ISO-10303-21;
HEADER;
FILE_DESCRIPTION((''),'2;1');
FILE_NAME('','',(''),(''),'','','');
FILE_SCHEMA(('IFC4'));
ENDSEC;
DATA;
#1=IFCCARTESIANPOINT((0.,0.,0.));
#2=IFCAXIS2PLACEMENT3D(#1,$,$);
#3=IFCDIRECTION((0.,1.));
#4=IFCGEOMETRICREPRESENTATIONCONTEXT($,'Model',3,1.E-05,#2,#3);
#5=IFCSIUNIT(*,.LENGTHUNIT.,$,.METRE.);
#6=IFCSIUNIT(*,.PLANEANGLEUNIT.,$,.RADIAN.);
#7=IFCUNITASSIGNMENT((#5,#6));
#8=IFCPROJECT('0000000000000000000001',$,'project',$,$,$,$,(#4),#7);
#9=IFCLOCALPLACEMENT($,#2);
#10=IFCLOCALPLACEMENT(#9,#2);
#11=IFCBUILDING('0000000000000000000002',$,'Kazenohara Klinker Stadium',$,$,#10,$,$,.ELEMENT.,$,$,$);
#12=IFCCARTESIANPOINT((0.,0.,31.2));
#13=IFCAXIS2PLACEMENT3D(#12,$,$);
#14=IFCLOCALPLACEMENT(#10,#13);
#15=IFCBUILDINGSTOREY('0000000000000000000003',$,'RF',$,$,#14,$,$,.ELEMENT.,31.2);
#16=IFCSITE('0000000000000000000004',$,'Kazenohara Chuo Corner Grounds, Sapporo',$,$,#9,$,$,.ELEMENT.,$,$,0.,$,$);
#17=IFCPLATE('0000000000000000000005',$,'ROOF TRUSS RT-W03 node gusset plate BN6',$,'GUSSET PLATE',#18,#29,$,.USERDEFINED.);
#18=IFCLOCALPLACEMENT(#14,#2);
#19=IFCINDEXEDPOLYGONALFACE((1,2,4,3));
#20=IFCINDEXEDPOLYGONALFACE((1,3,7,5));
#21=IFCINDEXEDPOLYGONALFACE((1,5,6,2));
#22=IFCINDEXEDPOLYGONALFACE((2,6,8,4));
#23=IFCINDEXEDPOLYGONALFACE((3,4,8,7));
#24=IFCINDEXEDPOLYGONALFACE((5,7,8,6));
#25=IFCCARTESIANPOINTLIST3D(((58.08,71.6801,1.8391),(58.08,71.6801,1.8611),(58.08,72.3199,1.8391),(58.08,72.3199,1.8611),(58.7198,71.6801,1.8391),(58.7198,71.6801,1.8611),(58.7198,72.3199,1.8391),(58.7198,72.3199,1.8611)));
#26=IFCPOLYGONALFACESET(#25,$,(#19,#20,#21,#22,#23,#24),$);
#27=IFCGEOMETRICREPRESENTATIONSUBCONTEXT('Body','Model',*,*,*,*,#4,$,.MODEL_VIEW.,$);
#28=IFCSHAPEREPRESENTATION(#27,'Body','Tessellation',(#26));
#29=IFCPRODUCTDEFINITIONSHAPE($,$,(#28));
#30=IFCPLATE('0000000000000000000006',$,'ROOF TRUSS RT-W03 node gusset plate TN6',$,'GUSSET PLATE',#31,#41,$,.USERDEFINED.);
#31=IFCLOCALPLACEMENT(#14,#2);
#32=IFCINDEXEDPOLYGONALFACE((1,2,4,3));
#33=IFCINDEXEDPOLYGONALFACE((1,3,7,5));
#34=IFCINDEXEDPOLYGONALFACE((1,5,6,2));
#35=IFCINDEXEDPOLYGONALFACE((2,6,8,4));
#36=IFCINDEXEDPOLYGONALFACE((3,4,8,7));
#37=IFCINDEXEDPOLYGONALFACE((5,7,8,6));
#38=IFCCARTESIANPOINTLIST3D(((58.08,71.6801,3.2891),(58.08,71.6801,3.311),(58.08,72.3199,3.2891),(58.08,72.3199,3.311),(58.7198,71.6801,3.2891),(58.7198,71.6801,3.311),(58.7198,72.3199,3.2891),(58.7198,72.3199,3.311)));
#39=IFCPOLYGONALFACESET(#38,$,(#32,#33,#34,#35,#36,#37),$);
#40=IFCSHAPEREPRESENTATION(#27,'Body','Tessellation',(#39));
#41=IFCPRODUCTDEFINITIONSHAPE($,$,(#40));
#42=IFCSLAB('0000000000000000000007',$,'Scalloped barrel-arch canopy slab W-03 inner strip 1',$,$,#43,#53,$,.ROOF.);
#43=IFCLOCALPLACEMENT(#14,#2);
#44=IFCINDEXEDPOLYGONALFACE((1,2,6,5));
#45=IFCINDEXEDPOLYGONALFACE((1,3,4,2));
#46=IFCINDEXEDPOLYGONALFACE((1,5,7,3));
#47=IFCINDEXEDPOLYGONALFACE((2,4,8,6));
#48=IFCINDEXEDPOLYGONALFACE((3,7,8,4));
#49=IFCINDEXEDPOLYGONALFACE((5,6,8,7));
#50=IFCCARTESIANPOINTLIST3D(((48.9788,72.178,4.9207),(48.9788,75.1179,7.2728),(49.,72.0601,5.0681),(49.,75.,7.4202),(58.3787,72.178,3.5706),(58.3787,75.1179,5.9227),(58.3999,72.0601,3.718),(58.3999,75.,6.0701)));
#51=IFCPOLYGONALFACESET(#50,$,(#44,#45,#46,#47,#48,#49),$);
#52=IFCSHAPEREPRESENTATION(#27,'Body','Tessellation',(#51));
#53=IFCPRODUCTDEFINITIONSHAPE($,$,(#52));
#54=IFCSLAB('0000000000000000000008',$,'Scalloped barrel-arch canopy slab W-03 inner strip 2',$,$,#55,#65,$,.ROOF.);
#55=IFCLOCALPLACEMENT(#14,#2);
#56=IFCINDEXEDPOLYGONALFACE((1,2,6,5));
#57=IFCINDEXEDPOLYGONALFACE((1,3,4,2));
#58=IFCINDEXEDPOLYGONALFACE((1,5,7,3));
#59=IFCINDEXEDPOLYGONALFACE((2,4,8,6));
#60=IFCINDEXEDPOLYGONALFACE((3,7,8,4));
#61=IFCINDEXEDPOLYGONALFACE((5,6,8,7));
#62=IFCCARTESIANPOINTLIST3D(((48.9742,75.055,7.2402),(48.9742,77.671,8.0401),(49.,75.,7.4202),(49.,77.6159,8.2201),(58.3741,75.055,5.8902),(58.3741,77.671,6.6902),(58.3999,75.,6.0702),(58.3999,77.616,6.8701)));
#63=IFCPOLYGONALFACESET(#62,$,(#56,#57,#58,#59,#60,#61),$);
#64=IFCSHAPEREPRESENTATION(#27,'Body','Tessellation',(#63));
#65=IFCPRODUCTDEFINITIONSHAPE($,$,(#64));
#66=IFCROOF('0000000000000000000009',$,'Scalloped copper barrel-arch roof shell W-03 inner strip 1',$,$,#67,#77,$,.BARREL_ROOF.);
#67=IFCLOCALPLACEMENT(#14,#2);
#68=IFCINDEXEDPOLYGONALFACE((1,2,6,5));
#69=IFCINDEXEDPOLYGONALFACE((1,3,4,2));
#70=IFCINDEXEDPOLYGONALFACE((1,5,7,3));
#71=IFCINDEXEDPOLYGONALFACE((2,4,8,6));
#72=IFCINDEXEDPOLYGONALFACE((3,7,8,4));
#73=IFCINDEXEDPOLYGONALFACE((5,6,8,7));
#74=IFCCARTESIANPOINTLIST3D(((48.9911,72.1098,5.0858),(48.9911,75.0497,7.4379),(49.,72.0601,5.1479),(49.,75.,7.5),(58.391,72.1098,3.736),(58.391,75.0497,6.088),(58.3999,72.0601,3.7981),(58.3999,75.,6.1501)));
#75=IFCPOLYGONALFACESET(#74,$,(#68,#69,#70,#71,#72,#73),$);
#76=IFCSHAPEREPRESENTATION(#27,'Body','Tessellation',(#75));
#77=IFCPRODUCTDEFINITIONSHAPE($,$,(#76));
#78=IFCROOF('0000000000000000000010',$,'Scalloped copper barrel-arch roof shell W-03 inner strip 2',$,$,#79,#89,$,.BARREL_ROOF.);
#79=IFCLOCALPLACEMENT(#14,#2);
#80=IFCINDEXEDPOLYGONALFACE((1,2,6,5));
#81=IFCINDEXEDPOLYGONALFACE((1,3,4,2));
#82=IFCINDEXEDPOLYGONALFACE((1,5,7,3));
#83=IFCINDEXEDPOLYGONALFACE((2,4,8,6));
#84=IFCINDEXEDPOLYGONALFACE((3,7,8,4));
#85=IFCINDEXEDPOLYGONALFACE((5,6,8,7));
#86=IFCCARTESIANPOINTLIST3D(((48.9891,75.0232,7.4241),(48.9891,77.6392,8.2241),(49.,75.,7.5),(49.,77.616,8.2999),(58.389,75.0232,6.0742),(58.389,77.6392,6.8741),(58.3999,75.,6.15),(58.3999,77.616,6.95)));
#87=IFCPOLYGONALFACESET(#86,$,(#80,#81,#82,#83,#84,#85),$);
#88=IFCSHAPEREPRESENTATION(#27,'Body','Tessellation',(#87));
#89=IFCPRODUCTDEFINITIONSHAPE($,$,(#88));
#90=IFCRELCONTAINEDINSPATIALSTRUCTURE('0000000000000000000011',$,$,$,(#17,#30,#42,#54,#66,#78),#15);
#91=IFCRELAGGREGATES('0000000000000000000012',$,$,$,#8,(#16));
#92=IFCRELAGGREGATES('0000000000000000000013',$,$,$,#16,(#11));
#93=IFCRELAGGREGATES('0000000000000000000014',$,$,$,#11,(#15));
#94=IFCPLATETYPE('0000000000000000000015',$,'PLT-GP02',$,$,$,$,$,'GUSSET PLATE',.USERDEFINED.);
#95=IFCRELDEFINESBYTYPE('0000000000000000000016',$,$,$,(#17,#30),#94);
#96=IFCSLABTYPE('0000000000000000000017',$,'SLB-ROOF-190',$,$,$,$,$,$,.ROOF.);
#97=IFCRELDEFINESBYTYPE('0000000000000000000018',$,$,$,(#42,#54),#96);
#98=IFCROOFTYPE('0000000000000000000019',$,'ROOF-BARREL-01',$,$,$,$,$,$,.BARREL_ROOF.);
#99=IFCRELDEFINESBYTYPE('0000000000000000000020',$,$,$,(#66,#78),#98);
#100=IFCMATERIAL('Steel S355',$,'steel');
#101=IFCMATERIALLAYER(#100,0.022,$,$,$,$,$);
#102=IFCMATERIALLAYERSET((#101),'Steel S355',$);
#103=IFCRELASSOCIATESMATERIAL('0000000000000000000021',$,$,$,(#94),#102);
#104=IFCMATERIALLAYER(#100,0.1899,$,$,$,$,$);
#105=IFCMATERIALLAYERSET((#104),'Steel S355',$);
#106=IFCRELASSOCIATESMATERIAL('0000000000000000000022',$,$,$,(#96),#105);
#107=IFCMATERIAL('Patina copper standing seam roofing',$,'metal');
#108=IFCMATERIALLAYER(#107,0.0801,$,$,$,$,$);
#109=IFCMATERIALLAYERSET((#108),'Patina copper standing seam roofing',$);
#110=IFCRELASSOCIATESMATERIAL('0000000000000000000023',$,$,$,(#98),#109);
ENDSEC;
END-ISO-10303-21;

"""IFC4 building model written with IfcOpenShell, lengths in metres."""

from ifc_helpers import new_model, si_unit, direction, frame, origin, origin_2d, place, context, subcontext, project, spatial, polyline, rectangle, outline, extrude, material, layer, layer_set, type_object, element, save


model = new_model("IFC4")

# Units and contexts
model_context = context("Model", 3, precision=1e-05, world=origin(), true_north=direction((0.0, 1.0)))
body_context = subcontext(model_context, "Body", "Model", "MODEL_VIEW")
ifc_project = project(units=[si_unit("LENGTHUNIT", "METRE"), si_unit("PLANEANGLEUNIT", "RADIAN")], contexts=[model_context])

# Site, building, storey
site_placement = place(None, origin())
site = spatial("IfcSite", under=ifc_project, at=site_placement, Name="Kazenohara Chuo Corner Grounds, Sapporo", CompositionType="ELEMENT", RefElevation=0.0)
building_placement = place(site_placement, origin())
building = spatial("IfcBuilding", under=site, at=building_placement, Name="Kazenohara Klinker Stadium", CompositionType="ELEMENT")
storey_placement = place(building_placement, frame((0.0, 0.0, 31.2)))
storey = spatial("IfcBuildingStorey", under=building, at=storey_placement, Name="RF", CompositionType="ELEMENT", Elevation=31.2)

# Shared definitions
ifc_material_1 = material(Name="Steel S355", Category="steel")

# Plates
ifc_layer_1 = layer(ifc_material_1, 0.022)
ifc_layer_set_1 = layer_set([ifc_layer_1], Name="Steel S355")
plate_type_1 = type_object("IfcPlateType", Name="PLT-GP02", ElementType="GUSSET PLATE", PredefinedType="USERDEFINED", material=ifc_layer_set_1)
for number, where, z_axis, x_axis, name in (
    (1, (58.3999, 72.0, 1.8391), (0.0, 0.0, 1.0), (1.0, 0.0, 0.0), "ROOF TRUSS RT-W03 node gusset plate BN6"),
    (2, (58.3999, 72.0, 3.2891), (0.0, 0.0, 1.0), (1.0, 0.0, 0.0), "ROOF TRUSS RT-W03 node gusset plate TN6"),
):
    element("IfcPlate", number, at=place(storey_placement, frame(where, z_axis=z_axis, x_axis=x_axis)), inside=storey, type_object=plate_type_1, Name=name, ObjectType="GUSSET PLATE", PredefinedType="USERDEFINED", context=body_context, shape_type="SweptSolid", body=[
        extrude(rectangle(XDim=0.6399, YDim=0.6399, at=origin_2d()), origin(), (0.0, 0.0, 1.0), 0.022),
    ])

# Slabs
ifc_layer_2 = layer(ifc_material_1, 0.1899)
ifc_layer_set_2 = layer_set([ifc_layer_2], Name="Steel S355")
slab_type = type_object("IfcSlabType", Name="SLB-ROOF-190", PredefinedType="ROOF", material=ifc_layer_set_2)
slab_1_placement = place(storey_placement, frame((49.0, 72.0601, 5.0681), z_axis=(0.111455, -0.620819, 0.775991), x_axis=(0.989842, 0.0, -0.14217)))
element("IfcSlab", 3, at=slab_1_placement, inside=storey, type_object=slab_type, Name="Scalloped barrel-arch canopy slab W-03 inner strip 1", PredefinedType="ROOF", context=body_context, shape_type="SweptSolid", body=[
    extrude(outline(polyline([(0.0, 0.0), (9.4964, 0.0), (9.162, 3.7501), (-0.3344, 3.7501), (0.0, 0.0)])), origin(), (0.0, 0.0, -1.0), 0.1899),
])
slab_2_placement = place(storey_placement, frame((49.0, 75.0, 7.4202), z_axis=(0.136061, -0.289701, 0.947397), x_axis=(0.989844, -0.000004, -0.142158)))
element("IfcSlab", 4, at=slab_2_placement, inside=storey, type_object=slab_type, Name="Scalloped barrel-arch canopy slab W-03 inner strip 2", PredefinedType="ROOF", context=body_context, shape_type="SweptSolid", body=[
    extrude(outline(polyline([(0.0, 0.0), (9.4964, 0.0), (9.3826, 2.7332), (-0.1137, 2.7331), (0.0, 0.0)])), origin(), (0.0, 0.0, -1.0), 0.1899),
])

# Roofs
ifc_material_2 = material(Name="Patina copper standing seam roofing", Category="metal")
ifc_layer_3 = layer(ifc_material_2, 0.0801)
ifc_layer_set_3 = layer_set([ifc_layer_3], Name="Patina copper standing seam roofing")
roof_type = type_object("IfcRoofType", Name="ROOF-BARREL-01", PredefinedType="BARREL_ROOF", material=ifc_layer_set_3)
roof_1_placement = place(storey_placement, frame((49.0, 72.0601, 5.1479), z_axis=(0.111435, -0.62082, 0.775993), x_axis=(0.989846, 0.0, -0.142145)))
element("IfcRoof", 5, at=roof_1_placement, inside=storey, type_object=roof_type, Name="Scalloped copper barrel-arch roof shell W-03 inner strip 1", PredefinedType="BARREL_ROOF", context=body_context, shape_type="SweptSolid", body=[
    extrude(outline(polyline([(0.0, 0.0), (9.4963, 0.0), (9.162, 3.7501), (-0.3343, 3.7501), (0.0, 0.0)])), origin(), (0.0, 0.0, -1.0), 0.0801),
])
roof_2_placement = place(storey_placement, frame((49.0, 75.0, 7.5), z_axis=(0.136061, -0.289701, 0.947397), x_axis=(0.989844, 0.000004, -0.142156)))
element("IfcRoof", 6, at=roof_2_placement, inside=storey, type_object=roof_type, Name="Scalloped copper barrel-arch roof shell W-03 inner strip 2", PredefinedType="BARREL_ROOF", context=body_context, shape_type="SweptSolid", body=[
    extrude(outline(polyline([(0.0, 0.0), (9.4963, 0.0), (9.3826, 2.7331), (-0.1137, 2.7332), (0.0, 0.0)])), origin(), (0.0, 0.0, -1.0), 0.0801),
])

save(model, "model.ifc")
